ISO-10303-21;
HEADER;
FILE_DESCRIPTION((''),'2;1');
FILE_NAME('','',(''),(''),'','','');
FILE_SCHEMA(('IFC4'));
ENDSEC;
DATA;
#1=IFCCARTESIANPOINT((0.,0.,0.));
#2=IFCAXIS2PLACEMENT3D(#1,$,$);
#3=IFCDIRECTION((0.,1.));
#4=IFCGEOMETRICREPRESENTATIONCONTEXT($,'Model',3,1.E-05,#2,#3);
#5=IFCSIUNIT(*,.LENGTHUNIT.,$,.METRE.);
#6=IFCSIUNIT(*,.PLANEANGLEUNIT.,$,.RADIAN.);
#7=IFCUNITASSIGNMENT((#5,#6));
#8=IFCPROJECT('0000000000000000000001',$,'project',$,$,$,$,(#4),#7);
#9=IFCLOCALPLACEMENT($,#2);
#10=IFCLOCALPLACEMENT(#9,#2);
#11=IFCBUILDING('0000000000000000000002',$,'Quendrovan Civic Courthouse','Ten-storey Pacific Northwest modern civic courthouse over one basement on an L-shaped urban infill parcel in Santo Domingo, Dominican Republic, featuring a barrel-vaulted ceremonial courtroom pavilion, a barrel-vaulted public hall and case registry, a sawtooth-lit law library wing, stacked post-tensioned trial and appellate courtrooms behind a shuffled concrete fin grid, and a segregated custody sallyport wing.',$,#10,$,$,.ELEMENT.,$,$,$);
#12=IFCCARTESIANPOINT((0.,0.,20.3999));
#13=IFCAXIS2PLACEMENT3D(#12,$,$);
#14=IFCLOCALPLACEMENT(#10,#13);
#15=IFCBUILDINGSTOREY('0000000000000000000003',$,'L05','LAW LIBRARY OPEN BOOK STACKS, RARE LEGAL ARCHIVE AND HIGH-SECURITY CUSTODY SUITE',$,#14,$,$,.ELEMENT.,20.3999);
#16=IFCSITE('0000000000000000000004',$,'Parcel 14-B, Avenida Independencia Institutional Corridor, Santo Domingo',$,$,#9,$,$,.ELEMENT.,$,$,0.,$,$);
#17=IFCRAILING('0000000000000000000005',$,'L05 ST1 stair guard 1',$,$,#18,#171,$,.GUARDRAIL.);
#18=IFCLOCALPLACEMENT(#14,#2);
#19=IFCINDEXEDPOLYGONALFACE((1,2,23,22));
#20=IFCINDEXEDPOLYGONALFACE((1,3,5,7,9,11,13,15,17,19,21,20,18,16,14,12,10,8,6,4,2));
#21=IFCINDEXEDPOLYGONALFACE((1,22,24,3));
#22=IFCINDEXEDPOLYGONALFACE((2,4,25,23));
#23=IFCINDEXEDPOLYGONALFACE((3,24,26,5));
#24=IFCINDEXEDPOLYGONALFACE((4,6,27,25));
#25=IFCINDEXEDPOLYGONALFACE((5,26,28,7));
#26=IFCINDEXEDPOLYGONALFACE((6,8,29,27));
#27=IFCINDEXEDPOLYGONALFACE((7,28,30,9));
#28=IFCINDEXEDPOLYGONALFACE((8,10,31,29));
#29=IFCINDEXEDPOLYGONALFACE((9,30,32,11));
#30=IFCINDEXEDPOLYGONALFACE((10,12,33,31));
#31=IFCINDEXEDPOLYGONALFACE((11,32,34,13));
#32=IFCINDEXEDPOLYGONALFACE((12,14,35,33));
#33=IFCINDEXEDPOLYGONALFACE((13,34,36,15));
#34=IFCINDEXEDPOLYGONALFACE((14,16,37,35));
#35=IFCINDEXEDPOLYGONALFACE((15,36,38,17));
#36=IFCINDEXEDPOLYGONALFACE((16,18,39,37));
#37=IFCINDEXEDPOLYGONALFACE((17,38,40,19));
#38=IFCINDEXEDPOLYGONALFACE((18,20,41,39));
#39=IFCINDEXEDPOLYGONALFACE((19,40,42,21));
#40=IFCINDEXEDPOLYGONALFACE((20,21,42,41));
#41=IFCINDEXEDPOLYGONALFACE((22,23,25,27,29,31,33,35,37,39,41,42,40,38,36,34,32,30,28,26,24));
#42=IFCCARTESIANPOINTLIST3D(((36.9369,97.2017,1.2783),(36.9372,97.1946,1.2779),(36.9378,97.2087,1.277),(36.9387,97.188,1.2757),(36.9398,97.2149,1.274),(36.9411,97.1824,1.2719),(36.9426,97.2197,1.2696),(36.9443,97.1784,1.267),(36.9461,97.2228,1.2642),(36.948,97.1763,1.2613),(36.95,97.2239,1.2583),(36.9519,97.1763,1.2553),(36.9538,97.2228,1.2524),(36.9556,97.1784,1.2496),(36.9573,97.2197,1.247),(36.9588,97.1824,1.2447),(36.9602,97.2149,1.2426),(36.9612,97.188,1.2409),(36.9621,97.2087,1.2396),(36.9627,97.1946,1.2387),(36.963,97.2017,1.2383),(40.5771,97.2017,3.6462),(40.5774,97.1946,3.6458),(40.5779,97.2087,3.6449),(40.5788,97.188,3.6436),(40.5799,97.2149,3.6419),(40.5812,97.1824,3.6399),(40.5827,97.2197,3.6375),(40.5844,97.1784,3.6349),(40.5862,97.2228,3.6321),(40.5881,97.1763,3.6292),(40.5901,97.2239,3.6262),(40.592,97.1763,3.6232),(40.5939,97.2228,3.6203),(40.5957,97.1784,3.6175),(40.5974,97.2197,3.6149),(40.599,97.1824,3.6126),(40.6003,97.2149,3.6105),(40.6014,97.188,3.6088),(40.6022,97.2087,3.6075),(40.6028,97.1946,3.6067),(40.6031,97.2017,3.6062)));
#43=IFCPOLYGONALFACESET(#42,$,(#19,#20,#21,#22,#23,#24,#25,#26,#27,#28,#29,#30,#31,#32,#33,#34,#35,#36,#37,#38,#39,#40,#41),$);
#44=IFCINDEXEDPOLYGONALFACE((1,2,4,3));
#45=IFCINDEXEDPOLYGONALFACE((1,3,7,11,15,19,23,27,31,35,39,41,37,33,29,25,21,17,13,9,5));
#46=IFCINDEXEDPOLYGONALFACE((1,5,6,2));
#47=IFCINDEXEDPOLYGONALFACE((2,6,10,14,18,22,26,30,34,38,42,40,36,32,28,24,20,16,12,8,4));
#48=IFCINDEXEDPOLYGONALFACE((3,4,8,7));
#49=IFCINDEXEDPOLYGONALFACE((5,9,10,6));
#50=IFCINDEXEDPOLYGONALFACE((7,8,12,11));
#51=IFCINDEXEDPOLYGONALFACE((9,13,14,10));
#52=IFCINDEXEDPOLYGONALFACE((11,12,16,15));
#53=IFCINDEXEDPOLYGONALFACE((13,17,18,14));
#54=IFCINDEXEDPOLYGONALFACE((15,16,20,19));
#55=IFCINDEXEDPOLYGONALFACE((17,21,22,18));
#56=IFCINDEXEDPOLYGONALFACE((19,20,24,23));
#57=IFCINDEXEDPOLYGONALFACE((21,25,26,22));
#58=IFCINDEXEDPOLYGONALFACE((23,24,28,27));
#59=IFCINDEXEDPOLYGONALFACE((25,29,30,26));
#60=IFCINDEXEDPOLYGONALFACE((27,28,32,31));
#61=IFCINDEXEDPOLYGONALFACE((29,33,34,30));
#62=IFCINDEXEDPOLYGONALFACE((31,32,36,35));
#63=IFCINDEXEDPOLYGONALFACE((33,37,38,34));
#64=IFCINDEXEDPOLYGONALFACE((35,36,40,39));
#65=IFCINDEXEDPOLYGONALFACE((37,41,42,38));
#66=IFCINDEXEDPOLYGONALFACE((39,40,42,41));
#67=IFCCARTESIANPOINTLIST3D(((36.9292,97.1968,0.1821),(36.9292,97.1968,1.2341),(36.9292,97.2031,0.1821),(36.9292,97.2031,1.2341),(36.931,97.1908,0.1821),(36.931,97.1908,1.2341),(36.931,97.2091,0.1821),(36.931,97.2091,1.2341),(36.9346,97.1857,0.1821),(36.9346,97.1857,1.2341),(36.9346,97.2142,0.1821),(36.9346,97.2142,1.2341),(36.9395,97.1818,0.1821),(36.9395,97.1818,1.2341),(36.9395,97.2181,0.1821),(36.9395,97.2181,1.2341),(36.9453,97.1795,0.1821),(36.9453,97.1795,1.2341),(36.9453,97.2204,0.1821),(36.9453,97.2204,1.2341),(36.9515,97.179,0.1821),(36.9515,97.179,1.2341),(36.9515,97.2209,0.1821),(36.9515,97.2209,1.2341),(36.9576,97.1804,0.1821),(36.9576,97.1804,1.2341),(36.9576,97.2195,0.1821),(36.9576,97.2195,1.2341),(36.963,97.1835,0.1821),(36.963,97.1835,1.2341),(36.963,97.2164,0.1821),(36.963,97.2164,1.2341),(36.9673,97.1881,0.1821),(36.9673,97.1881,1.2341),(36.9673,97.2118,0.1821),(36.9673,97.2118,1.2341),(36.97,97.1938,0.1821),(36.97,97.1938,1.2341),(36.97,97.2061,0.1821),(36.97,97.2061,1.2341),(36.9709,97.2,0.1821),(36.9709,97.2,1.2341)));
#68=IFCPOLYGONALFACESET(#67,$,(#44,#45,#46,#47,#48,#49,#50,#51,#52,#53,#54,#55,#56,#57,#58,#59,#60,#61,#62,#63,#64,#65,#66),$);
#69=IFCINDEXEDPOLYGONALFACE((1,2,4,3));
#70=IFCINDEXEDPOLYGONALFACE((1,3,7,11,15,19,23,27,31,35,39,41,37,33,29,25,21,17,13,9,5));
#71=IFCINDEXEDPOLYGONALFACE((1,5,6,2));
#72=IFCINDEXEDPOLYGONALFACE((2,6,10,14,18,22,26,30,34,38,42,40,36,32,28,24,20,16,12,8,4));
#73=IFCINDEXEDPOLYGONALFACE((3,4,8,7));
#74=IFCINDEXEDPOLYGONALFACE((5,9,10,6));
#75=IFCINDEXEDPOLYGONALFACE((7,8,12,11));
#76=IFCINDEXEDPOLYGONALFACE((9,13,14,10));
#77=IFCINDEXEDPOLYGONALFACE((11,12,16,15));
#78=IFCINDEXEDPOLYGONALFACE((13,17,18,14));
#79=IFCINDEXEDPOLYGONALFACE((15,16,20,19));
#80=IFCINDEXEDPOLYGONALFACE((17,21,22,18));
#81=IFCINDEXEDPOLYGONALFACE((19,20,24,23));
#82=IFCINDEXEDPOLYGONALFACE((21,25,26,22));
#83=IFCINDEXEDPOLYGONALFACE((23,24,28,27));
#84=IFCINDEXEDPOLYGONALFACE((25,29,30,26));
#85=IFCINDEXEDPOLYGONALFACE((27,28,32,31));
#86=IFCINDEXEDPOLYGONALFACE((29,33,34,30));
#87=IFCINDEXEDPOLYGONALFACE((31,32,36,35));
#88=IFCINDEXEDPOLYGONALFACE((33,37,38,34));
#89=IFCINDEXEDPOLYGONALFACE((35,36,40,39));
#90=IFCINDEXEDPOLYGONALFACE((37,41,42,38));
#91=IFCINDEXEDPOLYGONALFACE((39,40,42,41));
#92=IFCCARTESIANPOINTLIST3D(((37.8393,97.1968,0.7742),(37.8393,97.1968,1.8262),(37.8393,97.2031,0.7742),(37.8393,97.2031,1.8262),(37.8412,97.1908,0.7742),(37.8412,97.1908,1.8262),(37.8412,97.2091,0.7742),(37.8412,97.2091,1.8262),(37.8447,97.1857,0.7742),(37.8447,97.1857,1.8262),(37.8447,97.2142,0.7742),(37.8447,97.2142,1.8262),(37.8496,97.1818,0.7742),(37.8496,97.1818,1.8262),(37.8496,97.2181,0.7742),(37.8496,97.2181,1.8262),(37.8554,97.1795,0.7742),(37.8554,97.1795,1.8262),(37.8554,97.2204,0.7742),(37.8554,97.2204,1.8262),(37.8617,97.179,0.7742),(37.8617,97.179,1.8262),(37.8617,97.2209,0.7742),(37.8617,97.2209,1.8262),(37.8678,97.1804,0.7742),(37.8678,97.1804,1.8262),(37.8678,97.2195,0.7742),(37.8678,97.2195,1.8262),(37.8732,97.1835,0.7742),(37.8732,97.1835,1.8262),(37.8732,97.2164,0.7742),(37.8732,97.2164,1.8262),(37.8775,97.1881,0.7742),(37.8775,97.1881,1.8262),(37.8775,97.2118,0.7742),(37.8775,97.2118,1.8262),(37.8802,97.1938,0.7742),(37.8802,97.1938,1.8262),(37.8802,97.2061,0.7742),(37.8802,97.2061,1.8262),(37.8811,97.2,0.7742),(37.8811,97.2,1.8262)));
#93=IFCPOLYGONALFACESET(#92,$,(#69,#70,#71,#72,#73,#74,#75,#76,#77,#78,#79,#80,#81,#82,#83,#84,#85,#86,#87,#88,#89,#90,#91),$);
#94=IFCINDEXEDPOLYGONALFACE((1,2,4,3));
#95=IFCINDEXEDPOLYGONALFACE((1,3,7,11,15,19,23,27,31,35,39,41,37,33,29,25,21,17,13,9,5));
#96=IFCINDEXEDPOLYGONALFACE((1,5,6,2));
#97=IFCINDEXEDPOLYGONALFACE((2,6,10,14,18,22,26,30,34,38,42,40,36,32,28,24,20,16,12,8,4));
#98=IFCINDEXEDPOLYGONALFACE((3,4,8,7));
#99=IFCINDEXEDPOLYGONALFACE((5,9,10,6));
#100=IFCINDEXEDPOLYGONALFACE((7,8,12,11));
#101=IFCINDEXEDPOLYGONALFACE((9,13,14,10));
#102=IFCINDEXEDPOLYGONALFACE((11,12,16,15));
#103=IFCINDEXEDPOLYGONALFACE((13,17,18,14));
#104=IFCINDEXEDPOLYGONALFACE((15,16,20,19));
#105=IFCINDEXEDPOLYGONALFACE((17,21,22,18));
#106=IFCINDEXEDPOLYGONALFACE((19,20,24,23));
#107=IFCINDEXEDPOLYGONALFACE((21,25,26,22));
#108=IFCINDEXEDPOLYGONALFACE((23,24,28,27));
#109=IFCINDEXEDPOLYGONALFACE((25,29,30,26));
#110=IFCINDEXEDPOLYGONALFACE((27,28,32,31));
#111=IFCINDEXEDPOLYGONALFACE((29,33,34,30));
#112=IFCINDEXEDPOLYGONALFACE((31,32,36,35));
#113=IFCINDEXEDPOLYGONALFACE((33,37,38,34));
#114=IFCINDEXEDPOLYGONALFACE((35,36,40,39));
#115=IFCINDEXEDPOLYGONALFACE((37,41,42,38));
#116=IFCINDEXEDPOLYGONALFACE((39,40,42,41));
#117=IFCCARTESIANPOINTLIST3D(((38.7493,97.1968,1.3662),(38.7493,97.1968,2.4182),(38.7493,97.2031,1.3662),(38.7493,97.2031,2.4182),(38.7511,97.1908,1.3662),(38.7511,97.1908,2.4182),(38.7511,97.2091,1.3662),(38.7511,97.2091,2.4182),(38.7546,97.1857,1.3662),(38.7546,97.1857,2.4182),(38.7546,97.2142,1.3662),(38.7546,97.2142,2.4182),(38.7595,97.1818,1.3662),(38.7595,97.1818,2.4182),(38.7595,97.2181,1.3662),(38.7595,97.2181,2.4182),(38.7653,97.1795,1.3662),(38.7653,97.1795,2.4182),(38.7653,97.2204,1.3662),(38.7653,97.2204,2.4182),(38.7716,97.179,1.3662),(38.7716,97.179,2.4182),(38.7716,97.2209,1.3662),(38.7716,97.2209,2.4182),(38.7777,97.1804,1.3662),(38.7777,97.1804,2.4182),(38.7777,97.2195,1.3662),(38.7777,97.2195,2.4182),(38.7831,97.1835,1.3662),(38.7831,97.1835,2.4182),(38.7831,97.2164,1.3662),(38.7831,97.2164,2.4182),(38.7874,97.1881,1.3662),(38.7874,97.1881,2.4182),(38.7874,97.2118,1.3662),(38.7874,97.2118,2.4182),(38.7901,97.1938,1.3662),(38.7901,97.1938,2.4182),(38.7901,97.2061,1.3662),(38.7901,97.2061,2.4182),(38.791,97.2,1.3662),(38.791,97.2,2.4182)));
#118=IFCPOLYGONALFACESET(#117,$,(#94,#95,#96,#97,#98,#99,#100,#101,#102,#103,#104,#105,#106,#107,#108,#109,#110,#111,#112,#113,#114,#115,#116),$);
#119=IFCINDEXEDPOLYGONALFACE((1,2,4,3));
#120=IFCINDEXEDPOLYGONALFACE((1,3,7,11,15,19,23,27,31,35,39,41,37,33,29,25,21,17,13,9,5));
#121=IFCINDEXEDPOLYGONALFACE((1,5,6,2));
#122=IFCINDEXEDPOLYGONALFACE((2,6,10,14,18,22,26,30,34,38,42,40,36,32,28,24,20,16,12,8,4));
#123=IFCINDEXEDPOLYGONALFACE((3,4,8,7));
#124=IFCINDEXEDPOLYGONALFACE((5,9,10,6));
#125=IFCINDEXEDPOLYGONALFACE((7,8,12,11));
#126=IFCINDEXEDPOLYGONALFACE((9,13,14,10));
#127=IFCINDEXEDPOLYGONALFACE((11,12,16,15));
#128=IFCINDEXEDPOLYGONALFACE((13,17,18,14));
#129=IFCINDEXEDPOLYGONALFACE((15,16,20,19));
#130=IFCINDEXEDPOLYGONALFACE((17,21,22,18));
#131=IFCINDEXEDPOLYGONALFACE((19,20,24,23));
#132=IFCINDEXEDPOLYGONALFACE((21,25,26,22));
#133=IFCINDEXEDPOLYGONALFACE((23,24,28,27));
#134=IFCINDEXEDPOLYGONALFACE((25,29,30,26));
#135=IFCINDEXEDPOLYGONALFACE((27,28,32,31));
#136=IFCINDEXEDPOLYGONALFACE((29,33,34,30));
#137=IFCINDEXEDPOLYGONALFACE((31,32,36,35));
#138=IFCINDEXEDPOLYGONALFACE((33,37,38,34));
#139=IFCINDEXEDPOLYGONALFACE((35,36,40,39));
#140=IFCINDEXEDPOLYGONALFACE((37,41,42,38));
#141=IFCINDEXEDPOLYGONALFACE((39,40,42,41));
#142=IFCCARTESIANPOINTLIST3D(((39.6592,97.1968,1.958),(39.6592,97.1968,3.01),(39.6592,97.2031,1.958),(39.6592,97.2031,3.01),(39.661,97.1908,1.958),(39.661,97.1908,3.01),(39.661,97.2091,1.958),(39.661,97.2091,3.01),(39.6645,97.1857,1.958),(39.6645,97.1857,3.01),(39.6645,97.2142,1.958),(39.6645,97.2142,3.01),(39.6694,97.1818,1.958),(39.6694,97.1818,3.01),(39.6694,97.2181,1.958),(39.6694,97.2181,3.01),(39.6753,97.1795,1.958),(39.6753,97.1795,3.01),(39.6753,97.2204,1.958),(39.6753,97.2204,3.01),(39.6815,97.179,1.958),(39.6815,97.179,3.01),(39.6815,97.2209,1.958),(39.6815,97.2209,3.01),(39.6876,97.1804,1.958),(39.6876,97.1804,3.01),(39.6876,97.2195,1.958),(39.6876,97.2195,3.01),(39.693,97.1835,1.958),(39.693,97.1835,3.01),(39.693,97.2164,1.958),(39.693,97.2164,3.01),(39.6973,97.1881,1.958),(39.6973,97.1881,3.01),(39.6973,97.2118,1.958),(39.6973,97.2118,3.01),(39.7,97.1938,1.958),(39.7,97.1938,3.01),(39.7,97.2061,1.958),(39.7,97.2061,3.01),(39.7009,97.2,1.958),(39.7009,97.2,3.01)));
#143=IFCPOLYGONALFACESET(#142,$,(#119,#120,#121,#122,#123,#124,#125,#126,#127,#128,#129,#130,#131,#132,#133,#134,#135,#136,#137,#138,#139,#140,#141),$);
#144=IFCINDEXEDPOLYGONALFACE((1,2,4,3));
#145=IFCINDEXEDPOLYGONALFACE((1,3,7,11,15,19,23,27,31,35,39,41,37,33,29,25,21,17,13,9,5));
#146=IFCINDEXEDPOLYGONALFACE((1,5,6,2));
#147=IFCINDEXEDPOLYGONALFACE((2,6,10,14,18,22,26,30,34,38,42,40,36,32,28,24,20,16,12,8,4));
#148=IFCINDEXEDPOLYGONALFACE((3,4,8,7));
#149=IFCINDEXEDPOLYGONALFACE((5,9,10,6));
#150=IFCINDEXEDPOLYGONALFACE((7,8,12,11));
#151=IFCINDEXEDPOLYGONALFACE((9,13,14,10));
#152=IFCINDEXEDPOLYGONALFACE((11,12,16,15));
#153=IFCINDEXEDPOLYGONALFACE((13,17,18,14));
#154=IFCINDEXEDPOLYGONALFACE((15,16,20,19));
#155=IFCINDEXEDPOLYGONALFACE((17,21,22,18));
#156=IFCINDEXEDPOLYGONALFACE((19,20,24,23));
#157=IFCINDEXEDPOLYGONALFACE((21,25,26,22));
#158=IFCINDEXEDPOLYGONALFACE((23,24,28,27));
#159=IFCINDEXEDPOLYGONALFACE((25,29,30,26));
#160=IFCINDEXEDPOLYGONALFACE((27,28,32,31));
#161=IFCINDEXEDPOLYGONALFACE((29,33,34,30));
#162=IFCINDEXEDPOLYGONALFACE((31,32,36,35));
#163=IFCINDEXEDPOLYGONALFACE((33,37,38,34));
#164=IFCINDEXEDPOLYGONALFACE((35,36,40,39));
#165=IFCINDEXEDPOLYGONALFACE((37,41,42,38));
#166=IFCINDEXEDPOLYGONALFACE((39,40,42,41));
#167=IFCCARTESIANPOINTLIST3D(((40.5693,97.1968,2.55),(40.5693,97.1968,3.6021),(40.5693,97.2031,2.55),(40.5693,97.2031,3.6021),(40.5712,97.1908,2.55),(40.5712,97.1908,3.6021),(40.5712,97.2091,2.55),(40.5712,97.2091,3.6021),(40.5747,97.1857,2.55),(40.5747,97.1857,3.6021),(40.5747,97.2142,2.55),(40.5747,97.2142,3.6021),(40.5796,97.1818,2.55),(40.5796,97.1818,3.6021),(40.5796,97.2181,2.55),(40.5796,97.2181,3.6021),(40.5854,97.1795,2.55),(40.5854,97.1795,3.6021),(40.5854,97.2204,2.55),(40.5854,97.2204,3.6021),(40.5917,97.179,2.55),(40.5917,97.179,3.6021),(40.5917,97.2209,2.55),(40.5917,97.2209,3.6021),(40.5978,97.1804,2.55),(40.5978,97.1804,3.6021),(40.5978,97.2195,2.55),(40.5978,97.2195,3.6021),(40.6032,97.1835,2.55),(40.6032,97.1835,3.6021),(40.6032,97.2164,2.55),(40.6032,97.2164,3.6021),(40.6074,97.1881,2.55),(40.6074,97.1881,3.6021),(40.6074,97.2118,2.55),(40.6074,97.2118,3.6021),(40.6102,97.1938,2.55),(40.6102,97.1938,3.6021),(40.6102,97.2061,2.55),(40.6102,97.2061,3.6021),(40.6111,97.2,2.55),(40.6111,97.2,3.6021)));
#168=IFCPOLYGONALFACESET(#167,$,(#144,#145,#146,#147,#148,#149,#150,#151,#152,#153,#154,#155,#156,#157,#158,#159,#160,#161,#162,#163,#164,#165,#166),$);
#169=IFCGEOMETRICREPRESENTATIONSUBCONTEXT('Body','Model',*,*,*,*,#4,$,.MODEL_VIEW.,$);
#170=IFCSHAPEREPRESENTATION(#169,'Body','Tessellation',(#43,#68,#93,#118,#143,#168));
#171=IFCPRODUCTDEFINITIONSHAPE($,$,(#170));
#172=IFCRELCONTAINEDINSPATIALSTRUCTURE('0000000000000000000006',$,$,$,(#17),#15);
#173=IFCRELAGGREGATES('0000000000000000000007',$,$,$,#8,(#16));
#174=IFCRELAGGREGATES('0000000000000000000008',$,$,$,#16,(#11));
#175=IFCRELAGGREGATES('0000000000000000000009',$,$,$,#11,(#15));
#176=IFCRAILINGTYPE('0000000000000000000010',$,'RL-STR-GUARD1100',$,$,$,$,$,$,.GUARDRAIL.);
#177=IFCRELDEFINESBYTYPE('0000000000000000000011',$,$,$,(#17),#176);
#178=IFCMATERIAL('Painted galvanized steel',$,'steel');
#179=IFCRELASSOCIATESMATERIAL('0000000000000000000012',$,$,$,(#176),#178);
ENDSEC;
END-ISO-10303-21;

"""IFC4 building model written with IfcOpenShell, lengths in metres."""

from ifc_helpers import new_model, si_unit, direction, frame, origin, origin_2d, place, context, subcontext, project, spatial, circle, extrude, material, type_object, element, save


model = new_model("IFC4")

# Units and contexts
model_context = context("Model", 3, precision=1e-05, world=origin(), true_north=direction((0.0, 1.0)))
body_context = subcontext(model_context, "Body", "Model", "MODEL_VIEW")
ifc_project = project(units=[si_unit("LENGTHUNIT", "METRE"), si_unit("PLANEANGLEUNIT", "RADIAN")], contexts=[model_context])

# Site, building, storey
site_placement = place(None, origin())
site = spatial("IfcSite", under=ifc_project, at=site_placement, Name="Parcel 14-B, Avenida Independencia Institutional Corridor, Santo Domingo", CompositionType="ELEMENT", RefElevation=0.0)
building_placement = place(site_placement, origin())
building = spatial("IfcBuilding", under=site, at=building_placement, Name="Quendrovan Civic Courthouse", Description="Ten-storey Pacific Northwest modern civic courthouse over one basement on an L-shaped urban infill parcel in Santo Domingo, Dominican Republic, featuring a barrel-vaulted ceremonial courtroom pavilion, a barrel-vaulted public hall and case registry, a sawtooth-lit law library wing, stacked post-tensioned trial and appellate courtrooms behind a shuffled concrete fin grid, and a segregated custody sallyport wing.", CompositionType="ELEMENT")
storey_placement = place(building_placement, frame((0.0, 0.0, 20.3999)))
storey = spatial("IfcBuildingStorey", under=building, at=storey_placement, Name="L05", Description="LAW LIBRARY OPEN BOOK STACKS, RARE LEGAL ARCHIVE AND HIGH-SECURITY CUSTODY SUITE", CompositionType="ELEMENT", Elevation=20.3999)

# Railing
ifc_material_1 = material(Name="Painted galvanized steel", Category="steel")
railing_type_1 = type_object("IfcRailingType", Name="RL-STR-GUARD1100", PredefinedType="GUARDRAIL", material=ifc_material_1)
railing_1_placement = place(storey_placement, frame((36.95, 97.2, 0.1821)))
element("IfcRailing", 1, at=railing_1_placement, inside=storey, type_object=railing_type_1, Name="L05 ST1 stair guard 1", PredefinedType="GUARDRAIL", context=body_context, shape_type="SweptSolid", body=[
    extrude(circle(Radius=0.0239, at=origin_2d()), frame((0.0, 0.0, 1.0762), z_axis=(0.838251, 0.0, 0.545285), x_axis=(0.0, 1.0, 0.0)), (0.0, 0.0, 1.0), 4.3425),
    extrude(circle(Radius=0.021, at=origin_2d()), origin(), (0.0, 0.0, 1.0), 1.052),
    extrude(circle(Radius=0.021, at=origin_2d()), frame((0.9102, 0.0, 0.592)), (0.0, 0.0, 1.0), 1.052),
    extrude(circle(Radius=0.021, at=origin_2d()), frame((1.8201, 0.0, 1.1841)), (0.0, 0.0, 1.0), 1.052),
    extrude(circle(Radius=0.021, at=origin_2d()), frame((2.73, 0.0, 1.7759)), (0.0, 0.0, 1.0), 1.052),
    extrude(circle(Radius=0.021, at=origin_2d()), frame((3.6401, 0.0, 2.3679)), (0.0, 0.0, 1.0), 1.052),
])

save(model, "model.ifc")
